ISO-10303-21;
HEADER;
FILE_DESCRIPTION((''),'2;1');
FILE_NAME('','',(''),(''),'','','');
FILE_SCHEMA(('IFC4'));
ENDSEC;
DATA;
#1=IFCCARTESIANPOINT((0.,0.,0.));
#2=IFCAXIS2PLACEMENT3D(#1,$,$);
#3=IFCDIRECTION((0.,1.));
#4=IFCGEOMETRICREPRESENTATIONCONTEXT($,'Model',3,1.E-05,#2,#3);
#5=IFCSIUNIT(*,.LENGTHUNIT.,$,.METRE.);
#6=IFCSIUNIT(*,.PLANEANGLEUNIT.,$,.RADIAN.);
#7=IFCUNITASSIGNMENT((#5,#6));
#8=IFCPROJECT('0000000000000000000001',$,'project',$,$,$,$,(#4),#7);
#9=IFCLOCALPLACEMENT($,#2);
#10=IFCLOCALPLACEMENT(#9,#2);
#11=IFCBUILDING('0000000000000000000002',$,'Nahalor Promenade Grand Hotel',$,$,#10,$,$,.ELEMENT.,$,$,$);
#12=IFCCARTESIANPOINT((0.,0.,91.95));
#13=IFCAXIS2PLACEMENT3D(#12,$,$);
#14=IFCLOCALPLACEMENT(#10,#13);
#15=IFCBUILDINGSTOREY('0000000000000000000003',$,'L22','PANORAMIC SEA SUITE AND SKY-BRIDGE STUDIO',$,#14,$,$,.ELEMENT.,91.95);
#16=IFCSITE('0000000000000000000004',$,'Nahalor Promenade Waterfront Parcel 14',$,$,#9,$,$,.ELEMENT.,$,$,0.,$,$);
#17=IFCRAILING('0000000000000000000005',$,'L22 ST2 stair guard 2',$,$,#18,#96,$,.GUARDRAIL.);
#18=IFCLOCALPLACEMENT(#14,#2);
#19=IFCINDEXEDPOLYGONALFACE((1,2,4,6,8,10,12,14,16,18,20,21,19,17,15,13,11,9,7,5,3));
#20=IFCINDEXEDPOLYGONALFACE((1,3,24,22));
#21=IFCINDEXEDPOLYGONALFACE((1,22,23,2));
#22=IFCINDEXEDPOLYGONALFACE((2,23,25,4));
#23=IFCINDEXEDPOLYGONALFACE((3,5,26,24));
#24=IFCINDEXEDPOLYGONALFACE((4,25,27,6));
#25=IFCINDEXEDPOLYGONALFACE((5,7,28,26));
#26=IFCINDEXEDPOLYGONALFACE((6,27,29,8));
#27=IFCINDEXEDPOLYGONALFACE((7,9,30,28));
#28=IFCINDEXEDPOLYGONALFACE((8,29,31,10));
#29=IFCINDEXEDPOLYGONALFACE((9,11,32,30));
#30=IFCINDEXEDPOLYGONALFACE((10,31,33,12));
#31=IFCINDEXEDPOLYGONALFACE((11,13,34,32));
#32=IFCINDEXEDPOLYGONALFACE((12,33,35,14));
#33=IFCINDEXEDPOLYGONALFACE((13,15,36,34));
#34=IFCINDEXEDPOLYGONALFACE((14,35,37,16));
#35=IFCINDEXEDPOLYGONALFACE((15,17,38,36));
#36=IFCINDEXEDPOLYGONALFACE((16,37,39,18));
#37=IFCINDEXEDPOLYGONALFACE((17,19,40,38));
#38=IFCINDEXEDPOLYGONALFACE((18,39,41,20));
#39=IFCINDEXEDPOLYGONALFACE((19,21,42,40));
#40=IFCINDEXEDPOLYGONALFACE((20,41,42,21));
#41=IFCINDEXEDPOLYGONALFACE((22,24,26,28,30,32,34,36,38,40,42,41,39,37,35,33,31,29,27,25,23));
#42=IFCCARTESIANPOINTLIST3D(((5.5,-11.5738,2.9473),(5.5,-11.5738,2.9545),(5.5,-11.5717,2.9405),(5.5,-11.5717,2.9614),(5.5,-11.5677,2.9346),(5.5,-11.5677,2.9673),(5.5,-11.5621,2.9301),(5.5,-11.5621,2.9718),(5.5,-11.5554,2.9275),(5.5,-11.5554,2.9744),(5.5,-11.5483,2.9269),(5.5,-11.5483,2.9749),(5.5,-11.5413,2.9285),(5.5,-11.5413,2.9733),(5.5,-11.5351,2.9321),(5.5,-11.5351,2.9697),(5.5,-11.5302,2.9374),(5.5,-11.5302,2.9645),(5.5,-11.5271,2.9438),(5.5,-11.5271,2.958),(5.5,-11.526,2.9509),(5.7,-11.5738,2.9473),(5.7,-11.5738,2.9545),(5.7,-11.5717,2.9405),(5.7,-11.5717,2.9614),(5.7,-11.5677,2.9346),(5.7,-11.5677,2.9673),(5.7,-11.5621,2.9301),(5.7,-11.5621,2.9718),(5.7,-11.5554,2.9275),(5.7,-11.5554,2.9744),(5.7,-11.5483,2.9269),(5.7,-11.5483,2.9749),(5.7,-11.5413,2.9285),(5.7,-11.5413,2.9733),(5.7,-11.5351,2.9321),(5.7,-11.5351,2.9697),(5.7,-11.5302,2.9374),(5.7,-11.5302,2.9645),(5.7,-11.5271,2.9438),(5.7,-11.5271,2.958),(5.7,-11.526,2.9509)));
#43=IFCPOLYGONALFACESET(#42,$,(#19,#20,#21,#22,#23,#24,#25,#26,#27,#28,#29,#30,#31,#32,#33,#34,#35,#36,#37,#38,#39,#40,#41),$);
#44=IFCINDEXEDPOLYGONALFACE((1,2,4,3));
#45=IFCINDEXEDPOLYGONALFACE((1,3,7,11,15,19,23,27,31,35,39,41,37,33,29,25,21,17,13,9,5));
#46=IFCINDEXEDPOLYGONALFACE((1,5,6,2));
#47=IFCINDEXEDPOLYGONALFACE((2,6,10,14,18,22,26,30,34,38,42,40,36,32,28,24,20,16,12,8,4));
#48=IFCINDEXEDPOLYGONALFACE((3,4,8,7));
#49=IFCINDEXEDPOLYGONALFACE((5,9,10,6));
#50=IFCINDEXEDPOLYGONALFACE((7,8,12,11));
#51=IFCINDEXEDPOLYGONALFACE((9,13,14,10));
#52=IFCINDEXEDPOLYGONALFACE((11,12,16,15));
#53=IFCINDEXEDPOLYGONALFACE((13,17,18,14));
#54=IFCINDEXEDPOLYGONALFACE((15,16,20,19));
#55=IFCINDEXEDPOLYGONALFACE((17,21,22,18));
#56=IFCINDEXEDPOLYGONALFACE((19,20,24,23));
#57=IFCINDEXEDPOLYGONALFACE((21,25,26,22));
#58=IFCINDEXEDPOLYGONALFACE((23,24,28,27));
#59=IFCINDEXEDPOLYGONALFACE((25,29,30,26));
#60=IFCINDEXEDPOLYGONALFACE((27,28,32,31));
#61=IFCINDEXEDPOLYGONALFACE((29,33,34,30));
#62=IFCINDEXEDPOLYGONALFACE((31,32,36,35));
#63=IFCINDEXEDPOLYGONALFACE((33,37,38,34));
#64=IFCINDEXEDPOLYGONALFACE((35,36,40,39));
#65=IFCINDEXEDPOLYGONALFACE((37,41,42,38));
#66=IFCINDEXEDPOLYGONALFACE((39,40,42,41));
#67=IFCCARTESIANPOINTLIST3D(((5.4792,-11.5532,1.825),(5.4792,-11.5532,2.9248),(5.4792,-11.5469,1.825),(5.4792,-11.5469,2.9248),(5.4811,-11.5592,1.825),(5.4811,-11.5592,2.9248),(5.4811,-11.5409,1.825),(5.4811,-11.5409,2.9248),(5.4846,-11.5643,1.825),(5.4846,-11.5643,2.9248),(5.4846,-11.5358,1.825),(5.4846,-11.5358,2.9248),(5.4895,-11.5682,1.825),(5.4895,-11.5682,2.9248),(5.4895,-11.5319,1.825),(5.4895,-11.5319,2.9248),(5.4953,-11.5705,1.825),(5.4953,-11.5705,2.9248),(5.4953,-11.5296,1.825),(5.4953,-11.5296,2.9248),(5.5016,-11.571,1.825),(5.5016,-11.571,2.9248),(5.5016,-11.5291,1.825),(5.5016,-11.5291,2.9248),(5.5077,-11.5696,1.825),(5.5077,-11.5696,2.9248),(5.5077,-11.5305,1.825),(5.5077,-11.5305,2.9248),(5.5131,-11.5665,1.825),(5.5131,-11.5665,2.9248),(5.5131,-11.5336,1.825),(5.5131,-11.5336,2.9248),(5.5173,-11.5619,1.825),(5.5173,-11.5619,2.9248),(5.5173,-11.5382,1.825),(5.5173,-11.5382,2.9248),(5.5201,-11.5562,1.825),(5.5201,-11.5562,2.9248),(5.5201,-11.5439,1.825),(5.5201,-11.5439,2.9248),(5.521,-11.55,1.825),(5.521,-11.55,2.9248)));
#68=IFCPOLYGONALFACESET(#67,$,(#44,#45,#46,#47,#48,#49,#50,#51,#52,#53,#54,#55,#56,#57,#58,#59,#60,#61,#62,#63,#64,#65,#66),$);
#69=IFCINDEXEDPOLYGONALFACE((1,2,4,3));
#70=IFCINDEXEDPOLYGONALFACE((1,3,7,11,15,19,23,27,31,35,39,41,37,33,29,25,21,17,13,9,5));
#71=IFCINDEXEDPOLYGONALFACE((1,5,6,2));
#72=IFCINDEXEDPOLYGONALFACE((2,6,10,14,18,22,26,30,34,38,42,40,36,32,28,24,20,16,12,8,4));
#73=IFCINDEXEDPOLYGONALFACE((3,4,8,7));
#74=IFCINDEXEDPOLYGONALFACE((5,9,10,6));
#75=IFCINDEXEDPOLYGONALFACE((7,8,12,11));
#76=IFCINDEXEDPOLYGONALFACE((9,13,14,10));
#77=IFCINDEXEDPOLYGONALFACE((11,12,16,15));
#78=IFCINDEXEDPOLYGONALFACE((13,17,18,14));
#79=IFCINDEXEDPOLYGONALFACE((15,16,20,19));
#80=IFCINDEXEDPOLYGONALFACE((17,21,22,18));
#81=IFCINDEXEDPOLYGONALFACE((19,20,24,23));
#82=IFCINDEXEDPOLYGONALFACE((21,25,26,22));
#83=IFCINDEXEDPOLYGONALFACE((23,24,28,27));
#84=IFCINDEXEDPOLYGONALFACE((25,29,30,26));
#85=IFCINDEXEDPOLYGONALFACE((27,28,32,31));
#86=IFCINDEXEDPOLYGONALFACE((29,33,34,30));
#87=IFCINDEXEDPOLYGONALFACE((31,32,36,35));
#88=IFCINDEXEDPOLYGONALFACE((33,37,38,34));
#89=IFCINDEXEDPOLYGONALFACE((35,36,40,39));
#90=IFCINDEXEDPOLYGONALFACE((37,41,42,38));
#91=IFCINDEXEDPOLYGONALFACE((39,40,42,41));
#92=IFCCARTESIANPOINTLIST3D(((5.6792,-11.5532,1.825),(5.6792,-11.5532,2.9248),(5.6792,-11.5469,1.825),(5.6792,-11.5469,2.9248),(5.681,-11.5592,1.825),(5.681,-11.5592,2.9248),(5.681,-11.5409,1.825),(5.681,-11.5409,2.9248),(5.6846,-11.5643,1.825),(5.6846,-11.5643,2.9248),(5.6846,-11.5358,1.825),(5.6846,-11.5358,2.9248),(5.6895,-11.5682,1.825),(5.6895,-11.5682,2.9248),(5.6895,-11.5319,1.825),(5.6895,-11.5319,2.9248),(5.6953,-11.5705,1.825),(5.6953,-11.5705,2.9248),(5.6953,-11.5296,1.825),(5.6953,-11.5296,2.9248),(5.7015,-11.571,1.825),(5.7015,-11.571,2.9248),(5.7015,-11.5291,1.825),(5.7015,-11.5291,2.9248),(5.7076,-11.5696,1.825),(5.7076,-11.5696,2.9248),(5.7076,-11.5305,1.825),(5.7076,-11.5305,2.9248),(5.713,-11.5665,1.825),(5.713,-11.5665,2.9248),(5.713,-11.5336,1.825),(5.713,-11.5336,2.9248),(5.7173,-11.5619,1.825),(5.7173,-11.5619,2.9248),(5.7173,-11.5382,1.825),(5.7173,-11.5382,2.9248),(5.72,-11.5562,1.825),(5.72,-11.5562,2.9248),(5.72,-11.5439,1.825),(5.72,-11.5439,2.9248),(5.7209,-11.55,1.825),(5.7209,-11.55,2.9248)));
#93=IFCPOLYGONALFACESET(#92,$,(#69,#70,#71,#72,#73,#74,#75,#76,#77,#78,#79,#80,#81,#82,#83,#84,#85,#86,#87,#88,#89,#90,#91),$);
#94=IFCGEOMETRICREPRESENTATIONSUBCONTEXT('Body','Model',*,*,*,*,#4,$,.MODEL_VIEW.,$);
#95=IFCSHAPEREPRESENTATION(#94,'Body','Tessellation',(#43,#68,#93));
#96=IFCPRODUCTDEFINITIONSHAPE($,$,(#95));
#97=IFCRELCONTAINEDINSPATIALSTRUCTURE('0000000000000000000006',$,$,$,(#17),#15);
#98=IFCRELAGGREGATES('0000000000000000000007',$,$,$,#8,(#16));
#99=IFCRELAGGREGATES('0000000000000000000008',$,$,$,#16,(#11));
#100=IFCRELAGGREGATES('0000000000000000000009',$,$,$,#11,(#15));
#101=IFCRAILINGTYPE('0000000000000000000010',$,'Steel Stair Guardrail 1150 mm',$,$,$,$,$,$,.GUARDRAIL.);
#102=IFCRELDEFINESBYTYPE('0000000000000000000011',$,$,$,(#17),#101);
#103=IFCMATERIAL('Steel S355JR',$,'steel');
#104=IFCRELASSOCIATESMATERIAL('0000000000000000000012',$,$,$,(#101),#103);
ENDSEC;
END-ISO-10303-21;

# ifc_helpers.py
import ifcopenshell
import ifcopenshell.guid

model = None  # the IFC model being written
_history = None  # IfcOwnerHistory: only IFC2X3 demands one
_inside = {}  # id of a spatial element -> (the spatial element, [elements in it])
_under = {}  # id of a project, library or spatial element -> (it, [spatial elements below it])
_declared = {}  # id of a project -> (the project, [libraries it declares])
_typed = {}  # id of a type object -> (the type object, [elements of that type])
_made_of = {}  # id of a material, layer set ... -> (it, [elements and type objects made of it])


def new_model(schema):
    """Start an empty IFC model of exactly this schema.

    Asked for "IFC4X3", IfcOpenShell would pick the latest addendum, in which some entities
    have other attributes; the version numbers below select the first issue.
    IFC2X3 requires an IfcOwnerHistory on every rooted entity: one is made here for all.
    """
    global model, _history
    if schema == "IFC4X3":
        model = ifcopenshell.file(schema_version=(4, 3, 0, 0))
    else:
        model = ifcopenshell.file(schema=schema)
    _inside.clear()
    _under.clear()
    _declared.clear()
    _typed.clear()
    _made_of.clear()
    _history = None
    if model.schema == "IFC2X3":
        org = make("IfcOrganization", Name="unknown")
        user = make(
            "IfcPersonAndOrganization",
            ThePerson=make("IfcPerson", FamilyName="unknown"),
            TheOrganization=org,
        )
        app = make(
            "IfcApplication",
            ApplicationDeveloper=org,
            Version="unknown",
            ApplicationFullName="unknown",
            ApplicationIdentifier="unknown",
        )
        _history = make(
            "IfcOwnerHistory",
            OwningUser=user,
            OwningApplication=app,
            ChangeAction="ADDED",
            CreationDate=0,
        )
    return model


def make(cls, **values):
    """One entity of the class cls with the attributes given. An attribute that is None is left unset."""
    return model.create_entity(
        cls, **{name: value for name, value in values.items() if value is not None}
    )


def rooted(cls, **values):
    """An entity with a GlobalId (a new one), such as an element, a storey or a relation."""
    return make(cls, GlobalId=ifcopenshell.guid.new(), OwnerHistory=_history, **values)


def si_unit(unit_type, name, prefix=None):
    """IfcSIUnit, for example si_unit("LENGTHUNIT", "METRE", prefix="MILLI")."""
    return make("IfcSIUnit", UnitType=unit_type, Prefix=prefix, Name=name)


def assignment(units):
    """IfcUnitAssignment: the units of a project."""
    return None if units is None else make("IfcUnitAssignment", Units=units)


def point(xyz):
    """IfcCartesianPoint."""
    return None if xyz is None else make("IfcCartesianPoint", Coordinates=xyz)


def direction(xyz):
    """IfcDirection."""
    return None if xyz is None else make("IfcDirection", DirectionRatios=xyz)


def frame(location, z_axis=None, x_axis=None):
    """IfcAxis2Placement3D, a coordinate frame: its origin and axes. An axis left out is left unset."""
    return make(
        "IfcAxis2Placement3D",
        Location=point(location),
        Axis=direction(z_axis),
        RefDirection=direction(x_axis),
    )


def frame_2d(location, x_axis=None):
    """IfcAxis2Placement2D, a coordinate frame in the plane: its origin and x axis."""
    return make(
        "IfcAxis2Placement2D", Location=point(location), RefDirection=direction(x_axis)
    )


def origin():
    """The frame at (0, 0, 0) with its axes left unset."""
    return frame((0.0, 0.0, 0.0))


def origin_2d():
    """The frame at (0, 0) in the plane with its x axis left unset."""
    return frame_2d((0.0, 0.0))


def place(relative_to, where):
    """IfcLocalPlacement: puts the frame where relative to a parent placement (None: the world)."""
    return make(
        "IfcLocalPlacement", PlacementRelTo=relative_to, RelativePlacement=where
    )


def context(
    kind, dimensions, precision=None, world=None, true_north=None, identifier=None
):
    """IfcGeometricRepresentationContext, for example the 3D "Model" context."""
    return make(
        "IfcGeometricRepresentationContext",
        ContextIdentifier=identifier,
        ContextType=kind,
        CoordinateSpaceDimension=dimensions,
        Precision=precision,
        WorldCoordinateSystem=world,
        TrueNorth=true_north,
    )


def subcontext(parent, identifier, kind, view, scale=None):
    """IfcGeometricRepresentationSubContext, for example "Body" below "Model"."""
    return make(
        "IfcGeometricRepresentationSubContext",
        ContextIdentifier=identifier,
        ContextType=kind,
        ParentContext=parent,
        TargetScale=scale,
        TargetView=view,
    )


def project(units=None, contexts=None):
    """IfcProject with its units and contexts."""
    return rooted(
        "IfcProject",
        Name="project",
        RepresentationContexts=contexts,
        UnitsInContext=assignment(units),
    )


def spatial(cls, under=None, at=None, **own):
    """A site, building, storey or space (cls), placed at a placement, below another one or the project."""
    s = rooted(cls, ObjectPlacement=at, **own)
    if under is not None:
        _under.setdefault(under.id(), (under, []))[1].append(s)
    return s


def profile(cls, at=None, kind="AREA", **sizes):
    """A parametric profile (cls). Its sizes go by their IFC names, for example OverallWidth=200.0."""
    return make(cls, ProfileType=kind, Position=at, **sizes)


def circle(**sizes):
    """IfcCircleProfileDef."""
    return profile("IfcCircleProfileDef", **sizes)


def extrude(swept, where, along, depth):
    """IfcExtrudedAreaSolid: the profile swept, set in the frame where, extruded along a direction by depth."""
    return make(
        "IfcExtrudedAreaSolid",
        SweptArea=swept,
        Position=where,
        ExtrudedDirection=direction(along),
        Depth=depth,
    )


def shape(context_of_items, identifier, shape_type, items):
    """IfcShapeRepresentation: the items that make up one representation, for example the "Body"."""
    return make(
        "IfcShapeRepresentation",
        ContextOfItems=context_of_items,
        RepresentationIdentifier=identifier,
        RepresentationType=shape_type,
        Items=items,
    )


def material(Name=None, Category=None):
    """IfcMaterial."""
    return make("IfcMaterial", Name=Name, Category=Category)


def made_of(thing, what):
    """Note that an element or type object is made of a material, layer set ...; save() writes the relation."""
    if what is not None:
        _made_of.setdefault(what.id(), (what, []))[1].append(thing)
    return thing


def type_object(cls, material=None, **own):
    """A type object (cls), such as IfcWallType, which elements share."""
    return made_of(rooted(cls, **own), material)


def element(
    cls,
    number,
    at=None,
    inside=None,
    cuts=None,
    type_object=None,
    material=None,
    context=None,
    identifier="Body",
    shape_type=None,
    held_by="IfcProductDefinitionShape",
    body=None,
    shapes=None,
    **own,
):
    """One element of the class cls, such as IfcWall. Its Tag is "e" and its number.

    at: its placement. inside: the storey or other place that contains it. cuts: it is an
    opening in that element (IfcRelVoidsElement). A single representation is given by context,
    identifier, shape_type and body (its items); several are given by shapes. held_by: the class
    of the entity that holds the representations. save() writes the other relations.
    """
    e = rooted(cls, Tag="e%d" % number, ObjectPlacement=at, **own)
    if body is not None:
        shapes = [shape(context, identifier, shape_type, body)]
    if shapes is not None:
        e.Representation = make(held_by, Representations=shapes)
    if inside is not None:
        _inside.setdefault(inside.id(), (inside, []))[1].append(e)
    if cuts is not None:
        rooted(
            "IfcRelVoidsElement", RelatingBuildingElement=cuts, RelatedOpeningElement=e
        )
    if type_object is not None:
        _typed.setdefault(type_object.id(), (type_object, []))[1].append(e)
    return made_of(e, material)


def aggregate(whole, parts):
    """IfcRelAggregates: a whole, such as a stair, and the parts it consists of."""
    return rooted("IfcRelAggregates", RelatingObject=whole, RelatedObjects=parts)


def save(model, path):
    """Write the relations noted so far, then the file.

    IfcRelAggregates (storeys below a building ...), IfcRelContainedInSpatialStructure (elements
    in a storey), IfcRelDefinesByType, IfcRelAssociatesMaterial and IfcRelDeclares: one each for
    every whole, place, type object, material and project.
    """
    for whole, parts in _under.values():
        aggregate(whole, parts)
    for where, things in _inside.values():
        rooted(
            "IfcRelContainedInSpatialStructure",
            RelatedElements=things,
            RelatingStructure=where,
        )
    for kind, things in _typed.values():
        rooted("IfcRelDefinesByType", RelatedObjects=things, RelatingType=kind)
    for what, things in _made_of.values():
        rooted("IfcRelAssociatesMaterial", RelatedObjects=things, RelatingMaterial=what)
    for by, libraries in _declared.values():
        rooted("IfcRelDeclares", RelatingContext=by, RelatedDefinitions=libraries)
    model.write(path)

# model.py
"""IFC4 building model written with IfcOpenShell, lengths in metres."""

from ifc_helpers import new_model, si_unit, direction, frame, origin, origin_2d, place, context, subcontext, project, spatial, circle, extrude, material, type_object, element, save


model = new_model("IFC4")

# Units and contexts
model_context = context("Model", 3, precision=1e-05, world=origin(), true_north=direction((0.0, 1.0)))
body_context = subcontext(model_context, "Body", "Model", "MODEL_VIEW")
ifc_project = project(units=[si_unit("LENGTHUNIT", "METRE"), si_unit("PLANEANGLEUNIT", "RADIAN")], contexts=[model_context])

# Site, building, storey
site_placement = place(None, origin())
site = spatial("IfcSite", under=ifc_project, at=site_placement, Name="Nahalor Promenade Waterfront Parcel 14", CompositionType="ELEMENT", RefElevation=0.0)
building_placement = place(site_placement, origin())
building = spatial("IfcBuilding", under=site, at=building_placement, Name="Nahalor Promenade Grand Hotel", CompositionType="ELEMENT")
storey_placement = place(building_placement, frame((0.0, 0.0, 91.95)))
storey = spatial("IfcBuildingStorey", under=building, at=storey_placement, Name="L22", Description="PANORAMIC SEA SUITE AND SKY-BRIDGE STUDIO", CompositionType="ELEMENT", Elevation=91.95)

# Shared definitions
ifc_material_1 = material(Name="Steel S355JR", Category="steel")

# Railing
railing_type_1 = type_object("IfcRailingType", Name="Steel Stair Guardrail 1150 mm", PredefinedType="GUARDRAIL", material=ifc_material_1)
railing_1_placement = place(storey_placement, frame((5.5, -11.55, 1.825)))
element("IfcRailing", 1, at=railing_1_placement, inside=storey, type_object=railing_type_1, Name="L22 ST2 stair guard 2", PredefinedType="GUARDRAIL", context=body_context, shape_type="SweptSolid", body=[
    extrude(circle(Radius=0.024, at=origin_2d()), frame((0.0, 0.0, 1.126), z_axis=(1.0, 0.0, 0.0), x_axis=(0.0, 1.0, 0.0)), (0.0, 0.0, 1.0), 0.2),
    extrude(circle(Radius=0.021, at=origin_2d()), origin(), (0.0, 0.0, 1.0), 1.0999),
    extrude(circle(Radius=0.021, at=origin_2d()), frame((0.2, 0.0, 0.0)), (0.0, 0.0, 1.0), 1.0999),
])

save(model, "model.ifc")
